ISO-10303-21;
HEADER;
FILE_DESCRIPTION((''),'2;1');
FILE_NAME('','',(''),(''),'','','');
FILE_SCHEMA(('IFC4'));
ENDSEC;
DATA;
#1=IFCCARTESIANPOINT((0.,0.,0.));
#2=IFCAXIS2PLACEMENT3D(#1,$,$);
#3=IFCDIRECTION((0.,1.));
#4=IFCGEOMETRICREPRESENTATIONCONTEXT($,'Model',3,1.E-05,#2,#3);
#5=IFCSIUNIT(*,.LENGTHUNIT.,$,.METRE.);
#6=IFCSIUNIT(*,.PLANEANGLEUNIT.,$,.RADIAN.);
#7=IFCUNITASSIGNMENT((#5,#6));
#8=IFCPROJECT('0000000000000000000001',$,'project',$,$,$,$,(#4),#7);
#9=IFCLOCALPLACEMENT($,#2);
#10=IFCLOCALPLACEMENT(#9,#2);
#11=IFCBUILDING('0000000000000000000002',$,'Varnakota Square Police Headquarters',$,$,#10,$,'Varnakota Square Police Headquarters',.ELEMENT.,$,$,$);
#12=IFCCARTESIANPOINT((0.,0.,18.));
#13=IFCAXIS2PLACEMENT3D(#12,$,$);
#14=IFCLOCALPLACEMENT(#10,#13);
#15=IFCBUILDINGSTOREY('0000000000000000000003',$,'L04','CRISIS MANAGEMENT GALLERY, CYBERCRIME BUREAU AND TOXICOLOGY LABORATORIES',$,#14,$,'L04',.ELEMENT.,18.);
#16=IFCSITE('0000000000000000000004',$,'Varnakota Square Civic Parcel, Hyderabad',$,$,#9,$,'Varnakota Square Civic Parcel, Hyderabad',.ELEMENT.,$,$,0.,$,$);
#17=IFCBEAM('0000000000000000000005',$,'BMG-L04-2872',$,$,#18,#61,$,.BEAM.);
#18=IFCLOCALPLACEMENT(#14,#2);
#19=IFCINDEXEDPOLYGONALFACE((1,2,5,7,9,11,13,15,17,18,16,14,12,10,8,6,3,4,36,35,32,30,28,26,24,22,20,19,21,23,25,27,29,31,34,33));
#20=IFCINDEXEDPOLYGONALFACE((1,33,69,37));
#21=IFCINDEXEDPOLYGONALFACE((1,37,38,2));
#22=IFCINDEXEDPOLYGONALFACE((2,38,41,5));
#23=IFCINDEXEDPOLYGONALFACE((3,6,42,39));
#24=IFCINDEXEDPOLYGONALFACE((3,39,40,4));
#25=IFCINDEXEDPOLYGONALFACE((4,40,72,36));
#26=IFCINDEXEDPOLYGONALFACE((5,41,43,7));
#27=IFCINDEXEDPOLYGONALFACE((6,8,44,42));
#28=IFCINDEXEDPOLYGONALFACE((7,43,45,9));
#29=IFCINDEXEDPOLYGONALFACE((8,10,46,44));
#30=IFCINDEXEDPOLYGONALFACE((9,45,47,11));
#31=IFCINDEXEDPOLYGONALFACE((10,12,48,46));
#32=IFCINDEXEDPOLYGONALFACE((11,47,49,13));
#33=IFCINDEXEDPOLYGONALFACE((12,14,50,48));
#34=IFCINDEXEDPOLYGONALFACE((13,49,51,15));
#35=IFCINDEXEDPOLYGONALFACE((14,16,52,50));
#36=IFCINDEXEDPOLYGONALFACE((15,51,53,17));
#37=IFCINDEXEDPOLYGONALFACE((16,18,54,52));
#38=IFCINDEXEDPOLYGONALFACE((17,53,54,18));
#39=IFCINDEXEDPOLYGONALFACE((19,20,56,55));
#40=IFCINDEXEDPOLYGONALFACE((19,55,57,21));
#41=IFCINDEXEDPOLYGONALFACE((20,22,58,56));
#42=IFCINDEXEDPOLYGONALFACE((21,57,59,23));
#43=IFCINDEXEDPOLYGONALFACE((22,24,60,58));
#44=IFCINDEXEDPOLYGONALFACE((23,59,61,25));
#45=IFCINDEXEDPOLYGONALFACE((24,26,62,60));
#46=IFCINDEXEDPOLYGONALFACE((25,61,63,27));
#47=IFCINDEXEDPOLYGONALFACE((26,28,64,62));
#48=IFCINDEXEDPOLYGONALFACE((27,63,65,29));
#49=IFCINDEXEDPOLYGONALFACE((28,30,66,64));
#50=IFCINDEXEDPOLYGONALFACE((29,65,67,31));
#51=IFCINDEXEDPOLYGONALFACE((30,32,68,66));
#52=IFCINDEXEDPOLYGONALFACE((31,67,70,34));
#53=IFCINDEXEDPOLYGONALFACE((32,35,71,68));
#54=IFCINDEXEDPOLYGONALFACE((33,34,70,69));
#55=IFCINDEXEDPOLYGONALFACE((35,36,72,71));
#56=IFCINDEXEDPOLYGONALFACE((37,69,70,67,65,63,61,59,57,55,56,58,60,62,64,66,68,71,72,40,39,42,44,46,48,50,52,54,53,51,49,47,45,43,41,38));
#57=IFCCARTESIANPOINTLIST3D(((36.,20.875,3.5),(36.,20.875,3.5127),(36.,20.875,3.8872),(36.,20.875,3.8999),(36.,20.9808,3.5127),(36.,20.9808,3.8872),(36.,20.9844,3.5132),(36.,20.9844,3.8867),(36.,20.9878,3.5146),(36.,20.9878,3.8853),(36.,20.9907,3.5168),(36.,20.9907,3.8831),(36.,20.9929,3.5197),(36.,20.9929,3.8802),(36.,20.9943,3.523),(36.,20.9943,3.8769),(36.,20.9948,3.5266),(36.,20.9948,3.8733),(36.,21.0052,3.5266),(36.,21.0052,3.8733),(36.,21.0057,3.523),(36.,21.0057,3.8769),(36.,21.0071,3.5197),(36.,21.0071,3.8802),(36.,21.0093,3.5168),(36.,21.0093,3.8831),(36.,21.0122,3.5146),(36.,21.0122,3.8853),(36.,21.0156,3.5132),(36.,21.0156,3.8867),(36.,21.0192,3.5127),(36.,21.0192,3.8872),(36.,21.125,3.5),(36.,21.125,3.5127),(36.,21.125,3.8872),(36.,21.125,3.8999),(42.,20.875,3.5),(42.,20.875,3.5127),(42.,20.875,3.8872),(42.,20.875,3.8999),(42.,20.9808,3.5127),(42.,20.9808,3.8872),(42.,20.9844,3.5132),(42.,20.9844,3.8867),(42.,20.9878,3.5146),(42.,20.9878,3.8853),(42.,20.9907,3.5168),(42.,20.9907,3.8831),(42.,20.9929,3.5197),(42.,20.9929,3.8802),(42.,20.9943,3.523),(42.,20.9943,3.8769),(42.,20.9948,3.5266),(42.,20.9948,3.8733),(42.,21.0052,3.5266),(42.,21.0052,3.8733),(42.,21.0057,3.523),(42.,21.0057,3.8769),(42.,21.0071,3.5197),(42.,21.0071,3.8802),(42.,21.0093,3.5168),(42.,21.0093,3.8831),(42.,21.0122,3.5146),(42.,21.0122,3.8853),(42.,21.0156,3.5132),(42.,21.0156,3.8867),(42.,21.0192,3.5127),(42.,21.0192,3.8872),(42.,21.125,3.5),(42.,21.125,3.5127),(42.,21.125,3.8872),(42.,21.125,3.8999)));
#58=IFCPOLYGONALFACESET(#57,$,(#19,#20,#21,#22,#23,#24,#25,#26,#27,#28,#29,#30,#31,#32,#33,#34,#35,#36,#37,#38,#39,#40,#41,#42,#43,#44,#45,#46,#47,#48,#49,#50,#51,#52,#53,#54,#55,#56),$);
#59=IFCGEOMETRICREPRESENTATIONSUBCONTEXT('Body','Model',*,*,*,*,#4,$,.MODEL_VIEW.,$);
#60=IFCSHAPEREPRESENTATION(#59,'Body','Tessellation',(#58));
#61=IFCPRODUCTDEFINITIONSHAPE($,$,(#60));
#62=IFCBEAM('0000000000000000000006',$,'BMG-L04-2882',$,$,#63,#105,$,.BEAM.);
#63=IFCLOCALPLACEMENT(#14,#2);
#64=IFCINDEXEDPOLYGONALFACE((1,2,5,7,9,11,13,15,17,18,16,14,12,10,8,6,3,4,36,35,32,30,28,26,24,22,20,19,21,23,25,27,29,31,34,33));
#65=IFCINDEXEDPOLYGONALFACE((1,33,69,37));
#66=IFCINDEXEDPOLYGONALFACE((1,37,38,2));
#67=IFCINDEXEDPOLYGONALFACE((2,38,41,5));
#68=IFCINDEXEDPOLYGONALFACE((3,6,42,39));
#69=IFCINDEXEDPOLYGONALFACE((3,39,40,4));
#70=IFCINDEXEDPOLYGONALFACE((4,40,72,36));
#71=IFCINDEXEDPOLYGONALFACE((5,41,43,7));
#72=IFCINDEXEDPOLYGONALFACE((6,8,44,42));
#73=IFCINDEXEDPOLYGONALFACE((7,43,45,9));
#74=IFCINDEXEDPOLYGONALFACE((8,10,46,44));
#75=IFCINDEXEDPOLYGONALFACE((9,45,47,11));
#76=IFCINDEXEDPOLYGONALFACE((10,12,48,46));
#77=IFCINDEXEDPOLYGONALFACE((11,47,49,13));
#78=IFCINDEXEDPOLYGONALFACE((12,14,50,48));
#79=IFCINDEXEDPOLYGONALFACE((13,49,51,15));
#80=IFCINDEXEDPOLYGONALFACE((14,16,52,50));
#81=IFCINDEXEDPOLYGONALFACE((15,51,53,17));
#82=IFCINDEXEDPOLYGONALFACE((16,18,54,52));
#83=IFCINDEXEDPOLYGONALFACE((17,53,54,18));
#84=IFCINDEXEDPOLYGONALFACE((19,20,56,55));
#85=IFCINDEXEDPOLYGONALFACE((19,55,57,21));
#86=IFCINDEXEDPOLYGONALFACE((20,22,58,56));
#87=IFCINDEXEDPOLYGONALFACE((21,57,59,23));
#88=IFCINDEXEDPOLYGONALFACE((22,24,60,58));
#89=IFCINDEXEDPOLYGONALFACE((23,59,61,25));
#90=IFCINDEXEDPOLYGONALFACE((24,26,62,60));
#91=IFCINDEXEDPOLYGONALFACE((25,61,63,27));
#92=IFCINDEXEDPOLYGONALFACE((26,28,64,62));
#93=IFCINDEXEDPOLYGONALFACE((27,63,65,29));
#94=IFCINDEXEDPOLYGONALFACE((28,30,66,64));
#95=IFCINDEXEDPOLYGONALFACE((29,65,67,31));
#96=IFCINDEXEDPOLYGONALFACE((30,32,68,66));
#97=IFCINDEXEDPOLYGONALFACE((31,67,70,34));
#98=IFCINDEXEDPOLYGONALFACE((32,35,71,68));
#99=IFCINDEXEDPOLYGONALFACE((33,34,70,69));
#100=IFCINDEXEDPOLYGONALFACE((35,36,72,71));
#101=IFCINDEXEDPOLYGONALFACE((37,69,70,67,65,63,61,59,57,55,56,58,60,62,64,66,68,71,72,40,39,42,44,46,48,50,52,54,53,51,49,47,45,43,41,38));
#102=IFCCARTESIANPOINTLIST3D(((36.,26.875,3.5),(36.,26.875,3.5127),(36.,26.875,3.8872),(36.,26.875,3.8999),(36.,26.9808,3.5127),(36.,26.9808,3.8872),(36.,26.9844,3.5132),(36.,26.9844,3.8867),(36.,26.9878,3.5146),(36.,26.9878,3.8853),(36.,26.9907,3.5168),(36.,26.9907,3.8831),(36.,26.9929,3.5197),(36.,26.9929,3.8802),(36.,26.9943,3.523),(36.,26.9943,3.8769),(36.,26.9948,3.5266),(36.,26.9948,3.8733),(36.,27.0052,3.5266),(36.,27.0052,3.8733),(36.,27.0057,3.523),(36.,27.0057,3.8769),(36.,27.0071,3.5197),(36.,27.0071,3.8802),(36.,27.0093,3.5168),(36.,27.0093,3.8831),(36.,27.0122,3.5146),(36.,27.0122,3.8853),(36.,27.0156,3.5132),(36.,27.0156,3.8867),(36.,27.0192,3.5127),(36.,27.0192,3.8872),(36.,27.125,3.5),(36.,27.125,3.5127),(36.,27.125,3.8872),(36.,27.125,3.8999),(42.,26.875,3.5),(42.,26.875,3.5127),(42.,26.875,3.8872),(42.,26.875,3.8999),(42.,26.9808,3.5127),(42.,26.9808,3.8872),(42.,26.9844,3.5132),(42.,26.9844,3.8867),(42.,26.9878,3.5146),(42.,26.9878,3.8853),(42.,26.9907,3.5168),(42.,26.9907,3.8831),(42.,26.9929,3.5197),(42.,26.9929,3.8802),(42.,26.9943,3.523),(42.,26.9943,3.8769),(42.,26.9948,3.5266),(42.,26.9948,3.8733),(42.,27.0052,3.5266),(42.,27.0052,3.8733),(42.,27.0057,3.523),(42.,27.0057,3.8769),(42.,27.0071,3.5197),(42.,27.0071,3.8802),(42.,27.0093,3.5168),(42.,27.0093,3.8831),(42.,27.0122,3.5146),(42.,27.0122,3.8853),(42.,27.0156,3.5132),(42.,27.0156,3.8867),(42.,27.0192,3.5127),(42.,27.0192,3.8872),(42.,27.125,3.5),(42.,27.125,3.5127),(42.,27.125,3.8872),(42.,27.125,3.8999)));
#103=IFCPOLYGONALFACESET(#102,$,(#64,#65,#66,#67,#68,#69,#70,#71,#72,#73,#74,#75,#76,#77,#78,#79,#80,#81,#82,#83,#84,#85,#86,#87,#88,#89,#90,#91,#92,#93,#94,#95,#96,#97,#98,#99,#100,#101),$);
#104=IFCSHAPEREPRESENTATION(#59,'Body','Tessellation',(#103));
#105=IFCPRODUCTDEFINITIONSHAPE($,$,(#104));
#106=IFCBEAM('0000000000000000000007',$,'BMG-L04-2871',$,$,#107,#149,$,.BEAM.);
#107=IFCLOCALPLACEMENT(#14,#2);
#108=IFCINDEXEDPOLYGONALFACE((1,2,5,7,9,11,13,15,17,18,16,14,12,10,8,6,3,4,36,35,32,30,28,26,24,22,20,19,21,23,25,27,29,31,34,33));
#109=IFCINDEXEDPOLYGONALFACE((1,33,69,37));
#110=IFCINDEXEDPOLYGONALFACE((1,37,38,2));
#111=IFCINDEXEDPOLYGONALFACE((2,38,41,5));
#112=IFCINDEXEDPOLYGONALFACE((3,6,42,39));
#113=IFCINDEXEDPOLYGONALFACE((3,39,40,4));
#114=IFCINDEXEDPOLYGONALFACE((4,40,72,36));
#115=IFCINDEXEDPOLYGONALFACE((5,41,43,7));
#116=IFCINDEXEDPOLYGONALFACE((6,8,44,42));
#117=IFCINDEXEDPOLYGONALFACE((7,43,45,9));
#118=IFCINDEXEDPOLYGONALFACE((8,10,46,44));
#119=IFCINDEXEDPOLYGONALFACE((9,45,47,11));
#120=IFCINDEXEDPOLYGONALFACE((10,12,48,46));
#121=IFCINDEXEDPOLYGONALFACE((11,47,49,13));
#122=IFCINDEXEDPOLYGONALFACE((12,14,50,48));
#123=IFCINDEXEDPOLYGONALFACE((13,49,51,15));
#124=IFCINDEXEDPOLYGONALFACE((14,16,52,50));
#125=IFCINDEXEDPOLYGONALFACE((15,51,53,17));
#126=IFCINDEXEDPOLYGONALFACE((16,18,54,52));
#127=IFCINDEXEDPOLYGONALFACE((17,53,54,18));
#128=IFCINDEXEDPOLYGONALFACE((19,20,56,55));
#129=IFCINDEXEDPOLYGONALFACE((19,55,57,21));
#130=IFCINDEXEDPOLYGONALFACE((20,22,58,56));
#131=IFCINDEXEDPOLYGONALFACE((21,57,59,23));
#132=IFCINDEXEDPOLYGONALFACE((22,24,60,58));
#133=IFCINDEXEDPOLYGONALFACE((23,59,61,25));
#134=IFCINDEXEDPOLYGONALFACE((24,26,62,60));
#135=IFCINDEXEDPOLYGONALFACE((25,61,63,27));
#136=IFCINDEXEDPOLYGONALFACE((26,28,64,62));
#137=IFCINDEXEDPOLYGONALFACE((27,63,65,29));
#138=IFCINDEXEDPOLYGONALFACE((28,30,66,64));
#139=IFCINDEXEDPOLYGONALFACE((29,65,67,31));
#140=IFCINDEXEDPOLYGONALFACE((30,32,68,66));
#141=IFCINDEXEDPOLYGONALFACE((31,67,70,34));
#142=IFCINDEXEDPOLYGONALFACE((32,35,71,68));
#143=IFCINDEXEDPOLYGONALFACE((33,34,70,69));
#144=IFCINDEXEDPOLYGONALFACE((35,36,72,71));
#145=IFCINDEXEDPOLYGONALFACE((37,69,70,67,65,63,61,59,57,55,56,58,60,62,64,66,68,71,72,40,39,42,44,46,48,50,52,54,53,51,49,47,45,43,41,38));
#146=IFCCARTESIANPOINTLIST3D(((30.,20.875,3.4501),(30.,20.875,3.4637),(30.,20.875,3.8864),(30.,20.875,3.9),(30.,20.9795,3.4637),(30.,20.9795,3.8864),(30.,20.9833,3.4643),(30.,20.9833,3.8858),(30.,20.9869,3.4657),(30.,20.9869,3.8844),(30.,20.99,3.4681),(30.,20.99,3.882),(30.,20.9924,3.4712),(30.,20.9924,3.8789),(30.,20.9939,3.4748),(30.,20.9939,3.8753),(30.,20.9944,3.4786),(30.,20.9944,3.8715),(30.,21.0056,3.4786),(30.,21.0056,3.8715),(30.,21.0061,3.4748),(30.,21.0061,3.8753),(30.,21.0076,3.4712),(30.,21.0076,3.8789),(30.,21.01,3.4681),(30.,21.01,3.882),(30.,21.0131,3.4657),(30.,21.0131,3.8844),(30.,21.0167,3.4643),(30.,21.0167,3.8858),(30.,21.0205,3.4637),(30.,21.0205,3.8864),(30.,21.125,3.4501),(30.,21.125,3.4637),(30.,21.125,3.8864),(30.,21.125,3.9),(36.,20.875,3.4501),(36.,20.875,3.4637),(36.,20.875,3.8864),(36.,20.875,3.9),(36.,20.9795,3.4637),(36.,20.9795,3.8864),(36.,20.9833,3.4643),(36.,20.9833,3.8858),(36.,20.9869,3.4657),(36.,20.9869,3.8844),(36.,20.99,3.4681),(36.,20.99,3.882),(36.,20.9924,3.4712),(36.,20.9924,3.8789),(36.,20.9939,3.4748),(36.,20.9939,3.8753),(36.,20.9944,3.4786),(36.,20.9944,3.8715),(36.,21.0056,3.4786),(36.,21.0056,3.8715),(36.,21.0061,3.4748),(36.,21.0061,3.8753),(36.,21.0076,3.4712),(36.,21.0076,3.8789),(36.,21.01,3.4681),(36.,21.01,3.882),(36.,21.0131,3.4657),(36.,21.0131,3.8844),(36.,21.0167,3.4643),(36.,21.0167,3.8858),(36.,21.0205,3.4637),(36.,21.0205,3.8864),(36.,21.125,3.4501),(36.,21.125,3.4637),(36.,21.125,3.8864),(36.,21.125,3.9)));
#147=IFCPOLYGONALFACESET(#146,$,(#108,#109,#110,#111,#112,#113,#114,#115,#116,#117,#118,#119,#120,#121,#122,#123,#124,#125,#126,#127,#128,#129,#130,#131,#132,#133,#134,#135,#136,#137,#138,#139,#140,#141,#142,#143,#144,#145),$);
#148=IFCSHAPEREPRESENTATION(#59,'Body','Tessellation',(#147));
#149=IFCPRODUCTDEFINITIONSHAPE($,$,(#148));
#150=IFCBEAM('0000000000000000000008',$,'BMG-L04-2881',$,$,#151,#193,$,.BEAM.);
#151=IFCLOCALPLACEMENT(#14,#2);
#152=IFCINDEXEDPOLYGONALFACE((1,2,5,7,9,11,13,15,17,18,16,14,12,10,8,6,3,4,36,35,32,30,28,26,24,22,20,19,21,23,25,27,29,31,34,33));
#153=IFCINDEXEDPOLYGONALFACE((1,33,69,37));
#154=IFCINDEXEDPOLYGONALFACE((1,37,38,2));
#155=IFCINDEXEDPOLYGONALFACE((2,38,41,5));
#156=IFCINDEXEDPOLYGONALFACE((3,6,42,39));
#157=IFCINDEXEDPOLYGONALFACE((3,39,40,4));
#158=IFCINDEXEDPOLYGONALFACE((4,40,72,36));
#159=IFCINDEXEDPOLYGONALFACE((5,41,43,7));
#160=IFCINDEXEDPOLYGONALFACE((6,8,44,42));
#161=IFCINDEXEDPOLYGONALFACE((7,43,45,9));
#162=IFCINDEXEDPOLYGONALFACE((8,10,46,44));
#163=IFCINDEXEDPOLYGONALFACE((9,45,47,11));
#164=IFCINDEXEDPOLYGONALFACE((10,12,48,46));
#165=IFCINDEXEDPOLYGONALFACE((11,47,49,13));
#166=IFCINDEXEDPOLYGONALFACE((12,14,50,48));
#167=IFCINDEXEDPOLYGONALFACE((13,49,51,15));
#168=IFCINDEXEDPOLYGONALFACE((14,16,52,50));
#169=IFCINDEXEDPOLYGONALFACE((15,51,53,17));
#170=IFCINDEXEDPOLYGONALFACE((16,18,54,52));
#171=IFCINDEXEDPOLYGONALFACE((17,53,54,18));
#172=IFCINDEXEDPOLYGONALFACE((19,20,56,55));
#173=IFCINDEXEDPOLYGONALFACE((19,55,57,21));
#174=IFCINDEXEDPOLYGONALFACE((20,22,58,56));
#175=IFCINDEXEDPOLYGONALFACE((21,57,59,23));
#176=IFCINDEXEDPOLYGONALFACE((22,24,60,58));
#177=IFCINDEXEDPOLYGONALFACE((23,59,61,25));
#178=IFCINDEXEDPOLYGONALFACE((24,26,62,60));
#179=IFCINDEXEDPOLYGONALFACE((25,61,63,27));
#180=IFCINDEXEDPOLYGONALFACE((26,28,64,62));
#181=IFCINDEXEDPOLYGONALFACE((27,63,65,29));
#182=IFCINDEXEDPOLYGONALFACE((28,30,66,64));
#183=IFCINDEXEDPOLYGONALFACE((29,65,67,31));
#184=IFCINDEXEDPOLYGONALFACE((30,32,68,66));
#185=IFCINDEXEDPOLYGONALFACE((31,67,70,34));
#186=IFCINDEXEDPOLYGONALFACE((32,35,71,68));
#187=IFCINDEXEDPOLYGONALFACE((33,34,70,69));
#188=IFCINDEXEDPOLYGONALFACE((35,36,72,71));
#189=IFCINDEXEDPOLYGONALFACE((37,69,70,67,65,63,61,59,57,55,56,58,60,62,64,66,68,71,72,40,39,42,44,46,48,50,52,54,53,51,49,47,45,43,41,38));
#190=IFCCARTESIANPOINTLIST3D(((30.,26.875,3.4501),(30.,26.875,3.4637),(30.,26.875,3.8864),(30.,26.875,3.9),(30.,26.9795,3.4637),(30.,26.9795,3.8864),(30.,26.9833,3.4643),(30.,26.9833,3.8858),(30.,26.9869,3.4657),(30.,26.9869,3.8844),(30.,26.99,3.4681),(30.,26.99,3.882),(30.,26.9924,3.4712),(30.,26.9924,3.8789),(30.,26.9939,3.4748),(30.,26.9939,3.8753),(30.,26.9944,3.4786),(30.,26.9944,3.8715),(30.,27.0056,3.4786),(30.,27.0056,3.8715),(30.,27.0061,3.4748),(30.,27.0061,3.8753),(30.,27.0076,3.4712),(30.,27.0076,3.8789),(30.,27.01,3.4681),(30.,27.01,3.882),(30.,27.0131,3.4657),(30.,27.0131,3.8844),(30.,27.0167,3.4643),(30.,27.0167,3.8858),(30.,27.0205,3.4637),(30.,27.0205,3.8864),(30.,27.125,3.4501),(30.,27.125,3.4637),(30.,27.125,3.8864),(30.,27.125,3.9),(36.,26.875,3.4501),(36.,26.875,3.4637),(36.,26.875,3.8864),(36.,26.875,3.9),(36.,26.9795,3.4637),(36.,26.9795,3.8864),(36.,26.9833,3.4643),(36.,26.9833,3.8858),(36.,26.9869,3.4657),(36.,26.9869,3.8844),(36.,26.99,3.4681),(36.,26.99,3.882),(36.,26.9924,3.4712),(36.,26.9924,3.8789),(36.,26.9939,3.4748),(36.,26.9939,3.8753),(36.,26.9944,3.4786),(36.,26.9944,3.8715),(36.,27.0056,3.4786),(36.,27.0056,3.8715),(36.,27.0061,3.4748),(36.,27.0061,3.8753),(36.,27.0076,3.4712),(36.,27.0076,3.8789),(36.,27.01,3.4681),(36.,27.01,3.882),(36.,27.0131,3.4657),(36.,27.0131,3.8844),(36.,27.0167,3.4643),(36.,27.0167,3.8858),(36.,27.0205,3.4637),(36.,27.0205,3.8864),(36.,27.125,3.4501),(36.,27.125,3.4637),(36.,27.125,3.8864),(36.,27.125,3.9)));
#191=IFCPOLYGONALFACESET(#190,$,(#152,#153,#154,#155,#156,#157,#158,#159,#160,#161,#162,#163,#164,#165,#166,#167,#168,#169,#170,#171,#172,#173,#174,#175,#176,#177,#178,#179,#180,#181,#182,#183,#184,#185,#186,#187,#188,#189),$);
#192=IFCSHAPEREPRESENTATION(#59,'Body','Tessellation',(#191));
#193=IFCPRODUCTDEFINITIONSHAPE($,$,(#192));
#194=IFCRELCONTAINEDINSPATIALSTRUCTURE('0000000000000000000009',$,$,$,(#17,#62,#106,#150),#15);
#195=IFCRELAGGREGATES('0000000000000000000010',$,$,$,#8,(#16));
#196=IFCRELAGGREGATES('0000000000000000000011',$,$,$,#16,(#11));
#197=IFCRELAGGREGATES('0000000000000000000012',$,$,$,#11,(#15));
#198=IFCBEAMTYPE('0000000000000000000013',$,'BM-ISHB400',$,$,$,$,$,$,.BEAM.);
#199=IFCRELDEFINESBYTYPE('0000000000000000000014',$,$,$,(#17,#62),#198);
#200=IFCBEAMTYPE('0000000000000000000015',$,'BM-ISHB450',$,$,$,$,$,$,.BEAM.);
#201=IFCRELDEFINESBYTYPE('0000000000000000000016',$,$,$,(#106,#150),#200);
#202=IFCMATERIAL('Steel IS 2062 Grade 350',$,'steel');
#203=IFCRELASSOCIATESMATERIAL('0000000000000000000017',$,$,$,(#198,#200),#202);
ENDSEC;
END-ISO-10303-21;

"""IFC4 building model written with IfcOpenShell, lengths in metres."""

from ifc_helpers import new_model, si_unit, direction, frame, origin, origin_2d, place, context, subcontext, project, spatial, i_section, extrude, material, material_profile, profile_set, type_object, element, save


model = new_model("IFC4")

# Units and contexts
model_context = context("Model", 3, precision=1e-05, world=origin(), true_north=direction((0.0, 1.0)))
body_context = subcontext(model_context, "Body", "Model", "MODEL_VIEW")
ifc_project = project(units=[si_unit("LENGTHUNIT", "METRE"), si_unit("PLANEANGLEUNIT", "RADIAN")], contexts=[model_context])

# Site, building, storey
site_placement = place(None, origin())
site = spatial("IfcSite", under=ifc_project, at=site_placement, Name="Varnakota Square Civic Parcel, Hyderabad", LongName="Varnakota Square Civic Parcel, Hyderabad", CompositionType="ELEMENT", RefElevation=0.0)
building_placement = place(site_placement, origin())
building = spatial("IfcBuilding", under=site, at=building_placement, Name="Varnakota Square Police Headquarters", LongName="Varnakota Square Police Headquarters", CompositionType="ELEMENT")
storey_placement = place(building_placement, frame((0.0, 0.0, 18.0)))
storey = spatial("IfcBuildingStorey", under=building, at=storey_placement, Name="L04", Description="CRISIS MANAGEMENT GALLERY, CYBERCRIME BUREAU AND TOXICOLOGY LABORATORIES", LongName="L04", CompositionType="ELEMENT", Elevation=18.0)

# Shared definitions
ifc_material = material(Name="Steel IS 2062 Grade 350", Category="steel")

# Beams
ifc_material_profile_1 = material_profile(ifc_material, i_section(OverallWidth=0.25, OverallDepth=0.3999, WebThickness=0.0105, FlangeThickness=0.0127, FilletRadius=0.0139, at=origin_2d()), Name="ISHB 400")
ifc_profile_set_1 = profile_set([ifc_material_profile_1], Name="Steel IS 2062 Grade 350")
beam_type_1 = type_object("IfcBeamType", Name="BM-ISHB400", PredefinedType="BEAM", material=ifc_profile_set_1)
for number, where, z_axis, x_axis, name in (
    (1, (36.0, 21.0, 3.7), (1.0, 0.0, 0.0), (0.0, 1.0, 0.0), "BMG-L04-2872"),
    (2, (36.0, 27.0, 3.7), (1.0, 0.0, 0.0), (0.0, 1.0, 0.0), "BMG-L04-2882"),
):
    element("IfcBeam", number, at=place(storey_placement, frame(where, z_axis=z_axis, x_axis=x_axis)), inside=storey, type_object=beam_type_1, Name=name, PredefinedType="BEAM", context=body_context, shape_type="SweptSolid", body=[
        extrude(i_section(OverallWidth=0.25, OverallDepth=0.3999, WebThickness=0.0105, FlangeThickness=0.0127, FilletRadius=0.0139, at=origin_2d()), origin(), (0.0, 0.0, 1.0), 6.0),
    ])
ifc_material_profile_2 = material_profile(ifc_material, i_section(OverallWidth=0.25, OverallDepth=0.45, WebThickness=0.0112, FlangeThickness=0.0137, FilletRadius=0.0149, at=origin_2d()), Name="ISHB 450")
ifc_profile_set_2 = profile_set([ifc_material_profile_2], Name="Steel IS 2062 Grade 350")
beam_type_2 = type_object("IfcBeamType", Name="BM-ISHB450", PredefinedType="BEAM", material=ifc_profile_set_2)
for number, where, z_axis, x_axis, name in (
    (3, (30.0, 21.0, 3.675), (1.0, 0.0, 0.0), (0.0, 1.0, 0.0), "BMG-L04-2871"),
    (4, (30.0, 27.0, 3.675), (1.0, 0.0, 0.0), (0.0, 1.0, 0.0), "BMG-L04-2881"),
):
    element("IfcBeam", number, at=place(storey_placement, frame(where, z_axis=z_axis, x_axis=x_axis)), inside=storey, type_object=beam_type_2, Name=name, PredefinedType="BEAM", context=body_context, shape_type="SweptSolid", body=[
        extrude(i_section(OverallWidth=0.25, OverallDepth=0.45, WebThickness=0.0112, FlangeThickness=0.0137, FilletRadius=0.0149, at=origin_2d()), origin(), (0.0, 0.0, 1.0), 6.0),
    ])

save(model, "model.ifc")
